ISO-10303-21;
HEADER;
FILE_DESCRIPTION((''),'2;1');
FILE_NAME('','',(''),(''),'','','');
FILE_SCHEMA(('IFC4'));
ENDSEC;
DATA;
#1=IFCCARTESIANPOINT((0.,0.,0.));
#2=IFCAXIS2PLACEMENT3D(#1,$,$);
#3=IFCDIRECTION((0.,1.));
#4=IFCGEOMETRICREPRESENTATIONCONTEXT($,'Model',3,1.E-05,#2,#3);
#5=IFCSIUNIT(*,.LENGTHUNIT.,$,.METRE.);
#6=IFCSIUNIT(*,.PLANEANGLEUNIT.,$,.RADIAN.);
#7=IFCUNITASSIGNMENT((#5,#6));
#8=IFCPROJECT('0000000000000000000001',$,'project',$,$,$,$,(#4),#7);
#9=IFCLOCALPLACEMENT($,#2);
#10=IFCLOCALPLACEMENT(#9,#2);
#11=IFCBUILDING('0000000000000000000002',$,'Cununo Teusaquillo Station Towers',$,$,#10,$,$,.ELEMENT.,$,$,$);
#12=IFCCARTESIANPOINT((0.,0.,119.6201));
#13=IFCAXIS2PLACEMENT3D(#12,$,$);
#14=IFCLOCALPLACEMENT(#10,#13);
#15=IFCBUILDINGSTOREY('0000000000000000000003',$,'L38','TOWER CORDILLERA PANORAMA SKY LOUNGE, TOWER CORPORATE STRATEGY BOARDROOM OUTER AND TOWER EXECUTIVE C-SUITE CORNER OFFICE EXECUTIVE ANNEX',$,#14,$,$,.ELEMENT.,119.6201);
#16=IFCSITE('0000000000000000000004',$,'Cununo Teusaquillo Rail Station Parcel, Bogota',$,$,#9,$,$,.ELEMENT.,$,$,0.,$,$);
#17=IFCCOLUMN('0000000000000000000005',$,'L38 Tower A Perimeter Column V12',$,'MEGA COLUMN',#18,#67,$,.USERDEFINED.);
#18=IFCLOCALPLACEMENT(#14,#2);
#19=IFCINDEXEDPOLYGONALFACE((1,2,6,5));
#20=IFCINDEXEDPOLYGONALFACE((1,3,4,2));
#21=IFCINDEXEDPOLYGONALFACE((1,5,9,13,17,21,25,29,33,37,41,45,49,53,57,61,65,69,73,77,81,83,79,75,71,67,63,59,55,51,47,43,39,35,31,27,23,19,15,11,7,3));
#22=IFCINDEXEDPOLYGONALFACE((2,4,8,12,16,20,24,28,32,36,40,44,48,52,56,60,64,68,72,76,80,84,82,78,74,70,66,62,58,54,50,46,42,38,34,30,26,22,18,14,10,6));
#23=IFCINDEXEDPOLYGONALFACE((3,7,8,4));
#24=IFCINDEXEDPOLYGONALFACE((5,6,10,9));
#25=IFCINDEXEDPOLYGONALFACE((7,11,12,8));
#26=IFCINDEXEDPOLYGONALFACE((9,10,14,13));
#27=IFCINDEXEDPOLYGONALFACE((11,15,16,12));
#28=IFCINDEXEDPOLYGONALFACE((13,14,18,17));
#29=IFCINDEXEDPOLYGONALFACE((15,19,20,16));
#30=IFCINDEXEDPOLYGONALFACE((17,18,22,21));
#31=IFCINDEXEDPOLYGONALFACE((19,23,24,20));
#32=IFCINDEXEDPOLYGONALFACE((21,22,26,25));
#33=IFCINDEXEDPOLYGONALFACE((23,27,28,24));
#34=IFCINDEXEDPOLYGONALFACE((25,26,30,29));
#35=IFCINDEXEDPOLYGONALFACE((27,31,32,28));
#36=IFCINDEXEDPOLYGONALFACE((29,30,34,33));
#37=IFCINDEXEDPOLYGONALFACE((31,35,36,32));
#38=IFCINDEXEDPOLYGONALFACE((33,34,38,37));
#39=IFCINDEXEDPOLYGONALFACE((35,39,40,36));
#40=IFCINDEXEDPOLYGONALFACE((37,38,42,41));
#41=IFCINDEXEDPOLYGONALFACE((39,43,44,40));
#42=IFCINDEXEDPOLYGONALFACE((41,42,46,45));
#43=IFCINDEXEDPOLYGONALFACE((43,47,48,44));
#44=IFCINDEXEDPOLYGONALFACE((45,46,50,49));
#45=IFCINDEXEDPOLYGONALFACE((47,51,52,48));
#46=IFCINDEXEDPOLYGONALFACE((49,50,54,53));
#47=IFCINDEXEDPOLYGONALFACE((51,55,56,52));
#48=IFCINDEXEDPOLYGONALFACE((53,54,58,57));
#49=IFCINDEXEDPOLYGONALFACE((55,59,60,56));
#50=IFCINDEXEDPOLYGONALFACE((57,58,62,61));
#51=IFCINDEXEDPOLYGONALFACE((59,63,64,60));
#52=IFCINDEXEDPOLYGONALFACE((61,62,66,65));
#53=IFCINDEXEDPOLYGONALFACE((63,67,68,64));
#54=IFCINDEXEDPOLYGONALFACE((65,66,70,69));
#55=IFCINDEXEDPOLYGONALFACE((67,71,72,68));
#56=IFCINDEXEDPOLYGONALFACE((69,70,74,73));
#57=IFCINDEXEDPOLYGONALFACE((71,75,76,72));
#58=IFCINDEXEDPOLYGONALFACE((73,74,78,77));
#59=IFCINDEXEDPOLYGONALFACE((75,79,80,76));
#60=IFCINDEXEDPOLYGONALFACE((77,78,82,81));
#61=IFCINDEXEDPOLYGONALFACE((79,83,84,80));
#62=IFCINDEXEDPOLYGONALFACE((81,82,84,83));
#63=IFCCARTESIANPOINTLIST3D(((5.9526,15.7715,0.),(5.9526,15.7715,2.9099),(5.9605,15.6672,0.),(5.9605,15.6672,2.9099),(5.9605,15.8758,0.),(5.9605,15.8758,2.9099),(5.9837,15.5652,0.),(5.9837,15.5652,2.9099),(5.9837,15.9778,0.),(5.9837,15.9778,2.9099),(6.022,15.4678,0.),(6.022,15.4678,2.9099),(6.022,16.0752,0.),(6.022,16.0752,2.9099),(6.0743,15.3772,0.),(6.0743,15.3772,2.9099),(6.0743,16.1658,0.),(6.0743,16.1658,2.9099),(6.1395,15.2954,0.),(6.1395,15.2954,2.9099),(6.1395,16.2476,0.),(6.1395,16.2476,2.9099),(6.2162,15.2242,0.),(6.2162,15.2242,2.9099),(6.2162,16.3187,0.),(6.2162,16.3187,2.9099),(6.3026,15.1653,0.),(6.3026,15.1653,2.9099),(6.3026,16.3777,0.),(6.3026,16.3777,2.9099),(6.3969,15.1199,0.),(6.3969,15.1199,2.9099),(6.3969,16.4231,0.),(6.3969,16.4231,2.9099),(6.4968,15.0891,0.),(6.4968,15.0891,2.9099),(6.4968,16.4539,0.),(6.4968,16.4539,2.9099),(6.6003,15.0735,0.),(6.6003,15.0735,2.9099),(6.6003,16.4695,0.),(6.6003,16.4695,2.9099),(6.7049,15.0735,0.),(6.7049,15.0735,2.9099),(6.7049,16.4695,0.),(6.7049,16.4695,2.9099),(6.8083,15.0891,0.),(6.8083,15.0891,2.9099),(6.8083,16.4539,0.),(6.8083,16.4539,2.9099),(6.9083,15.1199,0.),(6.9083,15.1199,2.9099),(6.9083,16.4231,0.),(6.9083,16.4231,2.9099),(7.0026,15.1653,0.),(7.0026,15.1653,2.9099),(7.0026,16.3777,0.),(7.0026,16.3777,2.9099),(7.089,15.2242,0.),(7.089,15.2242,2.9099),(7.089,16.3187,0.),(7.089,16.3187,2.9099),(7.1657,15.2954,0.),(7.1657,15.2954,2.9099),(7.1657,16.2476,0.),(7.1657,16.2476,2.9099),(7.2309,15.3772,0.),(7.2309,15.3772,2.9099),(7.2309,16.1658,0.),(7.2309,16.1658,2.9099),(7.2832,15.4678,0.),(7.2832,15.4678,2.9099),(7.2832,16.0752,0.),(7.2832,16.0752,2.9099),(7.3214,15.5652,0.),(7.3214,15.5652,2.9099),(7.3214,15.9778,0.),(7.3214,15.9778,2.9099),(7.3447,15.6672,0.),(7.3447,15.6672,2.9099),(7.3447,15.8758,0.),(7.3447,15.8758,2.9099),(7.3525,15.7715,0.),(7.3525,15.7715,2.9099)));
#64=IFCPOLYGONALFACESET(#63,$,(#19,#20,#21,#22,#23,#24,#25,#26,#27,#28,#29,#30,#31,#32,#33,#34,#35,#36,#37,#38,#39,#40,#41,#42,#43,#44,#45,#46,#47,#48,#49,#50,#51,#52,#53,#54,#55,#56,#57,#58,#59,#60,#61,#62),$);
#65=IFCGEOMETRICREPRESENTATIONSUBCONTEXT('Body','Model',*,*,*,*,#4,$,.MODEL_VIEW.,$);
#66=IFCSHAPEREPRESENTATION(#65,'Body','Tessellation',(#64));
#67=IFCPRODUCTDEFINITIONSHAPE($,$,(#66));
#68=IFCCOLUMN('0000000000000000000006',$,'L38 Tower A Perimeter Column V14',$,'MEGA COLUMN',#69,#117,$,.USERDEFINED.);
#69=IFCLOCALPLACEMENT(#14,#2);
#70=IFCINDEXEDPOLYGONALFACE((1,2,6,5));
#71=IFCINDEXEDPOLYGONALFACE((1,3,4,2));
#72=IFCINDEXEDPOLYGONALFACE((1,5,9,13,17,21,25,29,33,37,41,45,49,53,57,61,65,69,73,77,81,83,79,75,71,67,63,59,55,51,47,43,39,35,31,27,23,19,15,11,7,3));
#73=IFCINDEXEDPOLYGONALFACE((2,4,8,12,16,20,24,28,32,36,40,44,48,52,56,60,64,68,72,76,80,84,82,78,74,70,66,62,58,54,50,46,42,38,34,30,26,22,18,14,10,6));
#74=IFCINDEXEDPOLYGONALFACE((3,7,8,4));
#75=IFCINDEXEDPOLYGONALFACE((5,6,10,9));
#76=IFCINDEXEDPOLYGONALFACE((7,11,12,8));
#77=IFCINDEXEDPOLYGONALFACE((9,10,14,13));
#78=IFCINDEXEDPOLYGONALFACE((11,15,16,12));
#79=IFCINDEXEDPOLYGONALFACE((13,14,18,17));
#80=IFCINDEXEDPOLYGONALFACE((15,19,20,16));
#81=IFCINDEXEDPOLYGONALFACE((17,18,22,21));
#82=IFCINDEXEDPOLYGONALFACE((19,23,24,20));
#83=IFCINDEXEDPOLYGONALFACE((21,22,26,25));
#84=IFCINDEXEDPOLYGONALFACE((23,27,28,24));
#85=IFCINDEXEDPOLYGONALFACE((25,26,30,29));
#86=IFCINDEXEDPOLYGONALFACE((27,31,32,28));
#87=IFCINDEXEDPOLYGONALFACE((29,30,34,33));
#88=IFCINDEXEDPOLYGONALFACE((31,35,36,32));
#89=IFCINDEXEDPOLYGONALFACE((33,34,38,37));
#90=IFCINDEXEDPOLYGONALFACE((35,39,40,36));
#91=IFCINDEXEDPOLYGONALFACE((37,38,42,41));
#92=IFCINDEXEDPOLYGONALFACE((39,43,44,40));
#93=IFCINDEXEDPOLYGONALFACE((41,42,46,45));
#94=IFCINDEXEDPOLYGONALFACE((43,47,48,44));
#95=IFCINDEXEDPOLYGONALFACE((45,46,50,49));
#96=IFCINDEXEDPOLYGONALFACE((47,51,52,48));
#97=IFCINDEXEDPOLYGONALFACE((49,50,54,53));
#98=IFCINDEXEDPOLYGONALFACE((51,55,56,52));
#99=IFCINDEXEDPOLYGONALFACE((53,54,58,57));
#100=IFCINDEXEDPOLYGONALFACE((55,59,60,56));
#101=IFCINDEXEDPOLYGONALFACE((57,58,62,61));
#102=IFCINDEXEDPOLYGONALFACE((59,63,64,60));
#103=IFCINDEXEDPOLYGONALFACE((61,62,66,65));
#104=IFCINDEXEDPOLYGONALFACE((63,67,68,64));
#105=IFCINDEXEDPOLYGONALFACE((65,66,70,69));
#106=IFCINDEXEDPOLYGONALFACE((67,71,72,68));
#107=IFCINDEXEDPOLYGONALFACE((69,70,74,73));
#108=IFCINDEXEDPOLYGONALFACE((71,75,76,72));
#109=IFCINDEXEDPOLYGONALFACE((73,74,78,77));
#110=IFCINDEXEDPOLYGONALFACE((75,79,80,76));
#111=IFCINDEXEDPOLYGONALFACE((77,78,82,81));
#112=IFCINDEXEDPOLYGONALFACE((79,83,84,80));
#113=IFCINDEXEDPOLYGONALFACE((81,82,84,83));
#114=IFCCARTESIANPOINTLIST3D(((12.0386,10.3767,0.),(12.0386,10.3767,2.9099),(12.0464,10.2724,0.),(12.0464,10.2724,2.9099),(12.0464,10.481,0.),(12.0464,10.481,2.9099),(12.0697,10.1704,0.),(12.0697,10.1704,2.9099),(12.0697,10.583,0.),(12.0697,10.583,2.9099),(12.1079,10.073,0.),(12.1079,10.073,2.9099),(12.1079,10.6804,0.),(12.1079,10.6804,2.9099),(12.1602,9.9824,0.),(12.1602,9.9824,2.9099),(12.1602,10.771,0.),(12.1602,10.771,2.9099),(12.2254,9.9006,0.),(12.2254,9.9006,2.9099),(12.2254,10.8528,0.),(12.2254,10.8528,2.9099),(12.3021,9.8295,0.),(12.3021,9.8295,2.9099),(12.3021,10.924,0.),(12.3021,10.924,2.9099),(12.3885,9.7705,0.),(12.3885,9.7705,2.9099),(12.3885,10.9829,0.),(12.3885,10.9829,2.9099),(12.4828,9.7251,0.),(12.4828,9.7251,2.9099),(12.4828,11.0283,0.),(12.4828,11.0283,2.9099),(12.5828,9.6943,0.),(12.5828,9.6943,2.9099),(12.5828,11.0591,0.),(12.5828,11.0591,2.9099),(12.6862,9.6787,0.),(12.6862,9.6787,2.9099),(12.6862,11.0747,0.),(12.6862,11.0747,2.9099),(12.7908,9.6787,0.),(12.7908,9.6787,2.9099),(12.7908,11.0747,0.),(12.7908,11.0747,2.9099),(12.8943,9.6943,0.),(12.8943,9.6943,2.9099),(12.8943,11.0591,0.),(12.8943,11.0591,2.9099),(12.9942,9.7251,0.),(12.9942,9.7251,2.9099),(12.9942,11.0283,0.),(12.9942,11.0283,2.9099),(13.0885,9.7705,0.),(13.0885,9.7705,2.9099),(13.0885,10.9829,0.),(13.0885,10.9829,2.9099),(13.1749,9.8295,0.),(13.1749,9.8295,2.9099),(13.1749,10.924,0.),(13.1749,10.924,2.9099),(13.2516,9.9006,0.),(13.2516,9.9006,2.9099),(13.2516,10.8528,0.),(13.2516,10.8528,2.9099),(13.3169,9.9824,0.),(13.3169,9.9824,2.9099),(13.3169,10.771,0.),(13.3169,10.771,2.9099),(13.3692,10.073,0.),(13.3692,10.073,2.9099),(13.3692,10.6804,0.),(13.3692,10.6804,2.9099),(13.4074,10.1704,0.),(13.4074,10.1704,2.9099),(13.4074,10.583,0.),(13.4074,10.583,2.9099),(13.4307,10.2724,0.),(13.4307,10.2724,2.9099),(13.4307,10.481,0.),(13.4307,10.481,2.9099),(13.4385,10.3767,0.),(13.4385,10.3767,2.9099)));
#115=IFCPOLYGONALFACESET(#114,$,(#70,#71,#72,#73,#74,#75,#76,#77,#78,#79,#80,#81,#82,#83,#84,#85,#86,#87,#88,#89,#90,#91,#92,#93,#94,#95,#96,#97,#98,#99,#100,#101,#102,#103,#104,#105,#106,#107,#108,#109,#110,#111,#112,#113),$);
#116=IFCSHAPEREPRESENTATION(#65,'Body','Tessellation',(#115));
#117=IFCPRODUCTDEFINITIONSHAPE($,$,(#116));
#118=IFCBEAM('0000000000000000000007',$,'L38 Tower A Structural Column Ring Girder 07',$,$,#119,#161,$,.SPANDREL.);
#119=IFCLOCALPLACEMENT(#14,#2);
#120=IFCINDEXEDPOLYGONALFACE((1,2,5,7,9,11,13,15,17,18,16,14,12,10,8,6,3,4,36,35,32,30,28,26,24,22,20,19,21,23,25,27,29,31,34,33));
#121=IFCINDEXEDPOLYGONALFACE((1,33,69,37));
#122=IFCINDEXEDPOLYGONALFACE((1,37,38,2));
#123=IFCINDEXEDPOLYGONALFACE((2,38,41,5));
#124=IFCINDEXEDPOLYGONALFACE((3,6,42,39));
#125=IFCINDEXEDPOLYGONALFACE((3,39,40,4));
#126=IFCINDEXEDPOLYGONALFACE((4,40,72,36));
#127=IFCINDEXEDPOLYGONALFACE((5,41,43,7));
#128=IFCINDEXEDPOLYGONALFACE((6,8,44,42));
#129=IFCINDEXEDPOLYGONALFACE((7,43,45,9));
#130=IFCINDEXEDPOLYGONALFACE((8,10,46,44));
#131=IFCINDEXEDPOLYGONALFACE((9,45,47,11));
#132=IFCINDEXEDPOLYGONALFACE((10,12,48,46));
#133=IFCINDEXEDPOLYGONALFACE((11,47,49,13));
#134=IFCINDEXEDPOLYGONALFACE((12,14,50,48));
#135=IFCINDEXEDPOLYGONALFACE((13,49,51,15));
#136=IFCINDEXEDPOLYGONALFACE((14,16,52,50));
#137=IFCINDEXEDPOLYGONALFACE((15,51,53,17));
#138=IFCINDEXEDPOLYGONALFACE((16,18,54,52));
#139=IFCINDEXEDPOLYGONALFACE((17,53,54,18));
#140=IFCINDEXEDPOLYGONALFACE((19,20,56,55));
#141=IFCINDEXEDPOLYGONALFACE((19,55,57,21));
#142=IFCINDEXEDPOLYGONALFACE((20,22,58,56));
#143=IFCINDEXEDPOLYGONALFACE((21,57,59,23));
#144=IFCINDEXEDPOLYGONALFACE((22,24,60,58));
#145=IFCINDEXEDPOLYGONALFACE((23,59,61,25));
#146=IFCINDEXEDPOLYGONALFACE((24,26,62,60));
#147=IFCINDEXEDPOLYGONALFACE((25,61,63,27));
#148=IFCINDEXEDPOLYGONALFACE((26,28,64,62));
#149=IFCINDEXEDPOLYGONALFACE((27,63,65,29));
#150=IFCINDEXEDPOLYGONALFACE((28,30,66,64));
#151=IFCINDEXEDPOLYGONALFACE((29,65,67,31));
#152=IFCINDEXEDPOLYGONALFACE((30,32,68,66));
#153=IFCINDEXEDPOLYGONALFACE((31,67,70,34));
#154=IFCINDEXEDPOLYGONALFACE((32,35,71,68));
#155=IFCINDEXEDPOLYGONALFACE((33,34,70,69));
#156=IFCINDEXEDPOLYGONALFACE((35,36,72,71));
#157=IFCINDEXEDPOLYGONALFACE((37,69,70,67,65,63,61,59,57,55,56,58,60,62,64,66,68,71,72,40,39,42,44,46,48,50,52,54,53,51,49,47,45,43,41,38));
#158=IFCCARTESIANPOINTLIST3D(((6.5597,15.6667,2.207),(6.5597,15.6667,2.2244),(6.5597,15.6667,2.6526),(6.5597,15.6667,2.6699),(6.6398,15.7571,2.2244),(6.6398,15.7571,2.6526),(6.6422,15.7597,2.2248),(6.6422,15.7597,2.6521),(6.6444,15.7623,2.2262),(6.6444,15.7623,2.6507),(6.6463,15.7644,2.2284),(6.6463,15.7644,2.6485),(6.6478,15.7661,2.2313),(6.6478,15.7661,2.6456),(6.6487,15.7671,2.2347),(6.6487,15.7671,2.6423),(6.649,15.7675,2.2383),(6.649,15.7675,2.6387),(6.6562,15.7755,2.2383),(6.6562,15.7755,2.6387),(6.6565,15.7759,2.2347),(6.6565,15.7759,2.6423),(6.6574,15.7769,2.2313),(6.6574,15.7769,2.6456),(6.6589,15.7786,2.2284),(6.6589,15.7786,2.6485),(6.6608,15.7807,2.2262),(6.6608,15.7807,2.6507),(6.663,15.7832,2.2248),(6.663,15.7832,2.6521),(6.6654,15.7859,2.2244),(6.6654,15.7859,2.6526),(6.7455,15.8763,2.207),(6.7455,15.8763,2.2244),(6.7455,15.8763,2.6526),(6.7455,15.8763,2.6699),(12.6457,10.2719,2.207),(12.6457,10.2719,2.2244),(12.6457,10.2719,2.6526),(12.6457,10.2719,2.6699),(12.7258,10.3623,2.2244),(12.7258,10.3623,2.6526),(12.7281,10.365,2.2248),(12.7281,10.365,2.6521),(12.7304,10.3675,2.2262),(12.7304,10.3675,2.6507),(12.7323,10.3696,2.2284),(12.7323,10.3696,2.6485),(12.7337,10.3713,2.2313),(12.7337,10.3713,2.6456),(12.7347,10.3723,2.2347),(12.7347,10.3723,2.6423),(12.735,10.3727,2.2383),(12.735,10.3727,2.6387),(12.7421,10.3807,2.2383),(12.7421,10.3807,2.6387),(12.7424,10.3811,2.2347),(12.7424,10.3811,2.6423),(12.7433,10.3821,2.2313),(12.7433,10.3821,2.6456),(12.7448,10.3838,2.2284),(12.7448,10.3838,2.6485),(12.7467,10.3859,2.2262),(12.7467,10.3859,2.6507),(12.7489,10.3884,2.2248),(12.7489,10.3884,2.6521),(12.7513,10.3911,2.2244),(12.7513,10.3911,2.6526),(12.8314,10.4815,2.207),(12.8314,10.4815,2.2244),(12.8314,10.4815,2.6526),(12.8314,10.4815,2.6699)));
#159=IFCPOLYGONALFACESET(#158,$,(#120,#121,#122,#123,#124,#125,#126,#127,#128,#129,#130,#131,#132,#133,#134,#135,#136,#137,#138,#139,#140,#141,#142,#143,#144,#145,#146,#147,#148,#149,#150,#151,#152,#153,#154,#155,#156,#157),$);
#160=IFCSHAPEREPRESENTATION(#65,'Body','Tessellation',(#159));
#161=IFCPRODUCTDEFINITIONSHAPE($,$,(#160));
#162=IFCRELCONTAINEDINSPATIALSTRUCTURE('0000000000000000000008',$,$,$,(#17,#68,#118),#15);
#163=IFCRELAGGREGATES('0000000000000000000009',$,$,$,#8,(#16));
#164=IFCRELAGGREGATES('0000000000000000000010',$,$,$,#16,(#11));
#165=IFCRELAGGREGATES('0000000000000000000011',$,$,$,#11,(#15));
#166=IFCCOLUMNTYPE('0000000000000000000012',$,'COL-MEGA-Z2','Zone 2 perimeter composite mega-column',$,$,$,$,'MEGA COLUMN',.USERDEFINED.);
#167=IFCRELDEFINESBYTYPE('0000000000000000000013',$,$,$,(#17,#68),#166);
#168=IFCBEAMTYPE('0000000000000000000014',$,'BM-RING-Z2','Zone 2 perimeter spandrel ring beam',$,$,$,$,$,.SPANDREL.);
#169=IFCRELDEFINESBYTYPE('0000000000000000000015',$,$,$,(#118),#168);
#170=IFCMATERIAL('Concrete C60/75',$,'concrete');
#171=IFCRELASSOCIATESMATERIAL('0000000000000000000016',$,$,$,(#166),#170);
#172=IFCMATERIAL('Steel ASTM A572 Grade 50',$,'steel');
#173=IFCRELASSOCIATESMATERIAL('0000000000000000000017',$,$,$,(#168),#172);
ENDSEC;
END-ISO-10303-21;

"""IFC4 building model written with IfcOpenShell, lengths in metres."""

from ifc_helpers import new_model, si_unit, direction, frame, origin, origin_2d, place, context, subcontext, project, spatial, circle, i_section, extrude, material, material_profile, profile_set, type_object, element, save


model = new_model("IFC4")

# Units and contexts
model_context = context("Model", 3, precision=1e-05, world=origin(), true_north=direction((0.0, 1.0)))
body_context = subcontext(model_context, "Body", "Model", "MODEL_VIEW")
ifc_project = project(units=[si_unit("LENGTHUNIT", "METRE"), si_unit("PLANEANGLEUNIT", "RADIAN")], contexts=[model_context])

# Site, building, storey
site_placement = place(None, origin())
site = spatial("IfcSite", under=ifc_project, at=site_placement, Name="Cununo Teusaquillo Rail Station Parcel, Bogota", CompositionType="ELEMENT", RefElevation=0.0)
building_placement = place(site_placement, origin())
building = spatial("IfcBuilding", under=site, at=building_placement, Name="Cununo Teusaquillo Station Towers", CompositionType="ELEMENT")
storey_placement = place(building_placement, frame((0.0, 0.0, 119.6201)))
storey = spatial("IfcBuildingStorey", under=building, at=storey_placement, Name="L38", Description="TOWER CORDILLERA PANORAMA SKY LOUNGE, TOWER CORPORATE STRATEGY BOARDROOM OUTER AND TOWER EXECUTIVE C-SUITE CORNER OFFICE EXECUTIVE ANNEX", CompositionType="ELEMENT", Elevation=119.6201)

# Columns
ifc_material_1 = material(Name="Concrete C60/75", Category="concrete")
ifc_material_profile_1 = material_profile(ifc_material_1, circle(Radius=0.7, at=origin_2d()), Name="RC-CIRC-1400")
ifc_profile_set_1 = profile_set([ifc_material_profile_1], Name="Concrete C60/75")
column_type = type_object("IfcColumnType", Name="COL-MEGA-Z2", Description="Zone 2 perimeter composite mega-column", ElementType="MEGA COLUMN", PredefinedType="USERDEFINED", material=ifc_profile_set_1)
for number, where, z_axis, x_axis, name in (
    (1, (6.6526, 15.7715, 0.0), (0.0, 0.0, 1.0), (1.0, 0.0, 0.0), "L38 Tower A Perimeter Column V12"),
    (2, (12.7385, 10.3767, 0.0), (0.0, 0.0, 1.0), (1.0, 0.0, 0.0), "L38 Tower A Perimeter Column V14"),
):
    element("IfcColumn", number, at=place(storey_placement, frame(where, z_axis=z_axis, x_axis=x_axis)), inside=storey, type_object=column_type, Name=name, ObjectType="MEGA COLUMN", PredefinedType="USERDEFINED", context=body_context, shape_type="SweptSolid", body=[
        extrude(circle(Radius=0.7, at=origin_2d()), origin(), (0.0, 0.0, 1.0), 2.9099),
    ])

# Beam
ifc_material_2 = material(Name="Steel ASTM A572 Grade 50", Category="steel")
ifc_material_profile_2 = material_profile(ifc_material_2, i_section(OverallWidth=0.28, OverallDepth=0.4629, WebThickness=0.0107, FlangeThickness=0.0173, FilletRadius=0.0139, at=origin_2d()), Name="W18X76")
ifc_profile_set_2 = profile_set([ifc_material_profile_2], Name="Steel ASTM A572 Grade 50")
beam_type = type_object("IfcBeamType", Name="BM-RING-Z2", Description="Zone 2 perimeter spandrel ring beam", PredefinedType="SPANDREL", material=ifc_profile_set_2)
beam_1_placement = place(storey_placement, frame((6.6526, 15.7715, 2.4385), z_axis=(0.748321, -0.663337, 0.0), x_axis=(0.663337, 0.748321, 0.0)))
element("IfcBeam", 3, at=beam_1_placement, inside=storey, type_object=beam_type, Name="L38 Tower A Structural Column Ring Girder 07", PredefinedType="SPANDREL", context=body_context, shape_type="SweptSolid", body=[
    extrude(i_section(OverallWidth=0.28, OverallDepth=0.4629, WebThickness=0.0107, FlangeThickness=0.0173, FilletRadius=0.0139, at=origin_2d()), origin(), (0.0, 0.0, 1.0), 8.1328),
])

save(model, "model.ifc")
